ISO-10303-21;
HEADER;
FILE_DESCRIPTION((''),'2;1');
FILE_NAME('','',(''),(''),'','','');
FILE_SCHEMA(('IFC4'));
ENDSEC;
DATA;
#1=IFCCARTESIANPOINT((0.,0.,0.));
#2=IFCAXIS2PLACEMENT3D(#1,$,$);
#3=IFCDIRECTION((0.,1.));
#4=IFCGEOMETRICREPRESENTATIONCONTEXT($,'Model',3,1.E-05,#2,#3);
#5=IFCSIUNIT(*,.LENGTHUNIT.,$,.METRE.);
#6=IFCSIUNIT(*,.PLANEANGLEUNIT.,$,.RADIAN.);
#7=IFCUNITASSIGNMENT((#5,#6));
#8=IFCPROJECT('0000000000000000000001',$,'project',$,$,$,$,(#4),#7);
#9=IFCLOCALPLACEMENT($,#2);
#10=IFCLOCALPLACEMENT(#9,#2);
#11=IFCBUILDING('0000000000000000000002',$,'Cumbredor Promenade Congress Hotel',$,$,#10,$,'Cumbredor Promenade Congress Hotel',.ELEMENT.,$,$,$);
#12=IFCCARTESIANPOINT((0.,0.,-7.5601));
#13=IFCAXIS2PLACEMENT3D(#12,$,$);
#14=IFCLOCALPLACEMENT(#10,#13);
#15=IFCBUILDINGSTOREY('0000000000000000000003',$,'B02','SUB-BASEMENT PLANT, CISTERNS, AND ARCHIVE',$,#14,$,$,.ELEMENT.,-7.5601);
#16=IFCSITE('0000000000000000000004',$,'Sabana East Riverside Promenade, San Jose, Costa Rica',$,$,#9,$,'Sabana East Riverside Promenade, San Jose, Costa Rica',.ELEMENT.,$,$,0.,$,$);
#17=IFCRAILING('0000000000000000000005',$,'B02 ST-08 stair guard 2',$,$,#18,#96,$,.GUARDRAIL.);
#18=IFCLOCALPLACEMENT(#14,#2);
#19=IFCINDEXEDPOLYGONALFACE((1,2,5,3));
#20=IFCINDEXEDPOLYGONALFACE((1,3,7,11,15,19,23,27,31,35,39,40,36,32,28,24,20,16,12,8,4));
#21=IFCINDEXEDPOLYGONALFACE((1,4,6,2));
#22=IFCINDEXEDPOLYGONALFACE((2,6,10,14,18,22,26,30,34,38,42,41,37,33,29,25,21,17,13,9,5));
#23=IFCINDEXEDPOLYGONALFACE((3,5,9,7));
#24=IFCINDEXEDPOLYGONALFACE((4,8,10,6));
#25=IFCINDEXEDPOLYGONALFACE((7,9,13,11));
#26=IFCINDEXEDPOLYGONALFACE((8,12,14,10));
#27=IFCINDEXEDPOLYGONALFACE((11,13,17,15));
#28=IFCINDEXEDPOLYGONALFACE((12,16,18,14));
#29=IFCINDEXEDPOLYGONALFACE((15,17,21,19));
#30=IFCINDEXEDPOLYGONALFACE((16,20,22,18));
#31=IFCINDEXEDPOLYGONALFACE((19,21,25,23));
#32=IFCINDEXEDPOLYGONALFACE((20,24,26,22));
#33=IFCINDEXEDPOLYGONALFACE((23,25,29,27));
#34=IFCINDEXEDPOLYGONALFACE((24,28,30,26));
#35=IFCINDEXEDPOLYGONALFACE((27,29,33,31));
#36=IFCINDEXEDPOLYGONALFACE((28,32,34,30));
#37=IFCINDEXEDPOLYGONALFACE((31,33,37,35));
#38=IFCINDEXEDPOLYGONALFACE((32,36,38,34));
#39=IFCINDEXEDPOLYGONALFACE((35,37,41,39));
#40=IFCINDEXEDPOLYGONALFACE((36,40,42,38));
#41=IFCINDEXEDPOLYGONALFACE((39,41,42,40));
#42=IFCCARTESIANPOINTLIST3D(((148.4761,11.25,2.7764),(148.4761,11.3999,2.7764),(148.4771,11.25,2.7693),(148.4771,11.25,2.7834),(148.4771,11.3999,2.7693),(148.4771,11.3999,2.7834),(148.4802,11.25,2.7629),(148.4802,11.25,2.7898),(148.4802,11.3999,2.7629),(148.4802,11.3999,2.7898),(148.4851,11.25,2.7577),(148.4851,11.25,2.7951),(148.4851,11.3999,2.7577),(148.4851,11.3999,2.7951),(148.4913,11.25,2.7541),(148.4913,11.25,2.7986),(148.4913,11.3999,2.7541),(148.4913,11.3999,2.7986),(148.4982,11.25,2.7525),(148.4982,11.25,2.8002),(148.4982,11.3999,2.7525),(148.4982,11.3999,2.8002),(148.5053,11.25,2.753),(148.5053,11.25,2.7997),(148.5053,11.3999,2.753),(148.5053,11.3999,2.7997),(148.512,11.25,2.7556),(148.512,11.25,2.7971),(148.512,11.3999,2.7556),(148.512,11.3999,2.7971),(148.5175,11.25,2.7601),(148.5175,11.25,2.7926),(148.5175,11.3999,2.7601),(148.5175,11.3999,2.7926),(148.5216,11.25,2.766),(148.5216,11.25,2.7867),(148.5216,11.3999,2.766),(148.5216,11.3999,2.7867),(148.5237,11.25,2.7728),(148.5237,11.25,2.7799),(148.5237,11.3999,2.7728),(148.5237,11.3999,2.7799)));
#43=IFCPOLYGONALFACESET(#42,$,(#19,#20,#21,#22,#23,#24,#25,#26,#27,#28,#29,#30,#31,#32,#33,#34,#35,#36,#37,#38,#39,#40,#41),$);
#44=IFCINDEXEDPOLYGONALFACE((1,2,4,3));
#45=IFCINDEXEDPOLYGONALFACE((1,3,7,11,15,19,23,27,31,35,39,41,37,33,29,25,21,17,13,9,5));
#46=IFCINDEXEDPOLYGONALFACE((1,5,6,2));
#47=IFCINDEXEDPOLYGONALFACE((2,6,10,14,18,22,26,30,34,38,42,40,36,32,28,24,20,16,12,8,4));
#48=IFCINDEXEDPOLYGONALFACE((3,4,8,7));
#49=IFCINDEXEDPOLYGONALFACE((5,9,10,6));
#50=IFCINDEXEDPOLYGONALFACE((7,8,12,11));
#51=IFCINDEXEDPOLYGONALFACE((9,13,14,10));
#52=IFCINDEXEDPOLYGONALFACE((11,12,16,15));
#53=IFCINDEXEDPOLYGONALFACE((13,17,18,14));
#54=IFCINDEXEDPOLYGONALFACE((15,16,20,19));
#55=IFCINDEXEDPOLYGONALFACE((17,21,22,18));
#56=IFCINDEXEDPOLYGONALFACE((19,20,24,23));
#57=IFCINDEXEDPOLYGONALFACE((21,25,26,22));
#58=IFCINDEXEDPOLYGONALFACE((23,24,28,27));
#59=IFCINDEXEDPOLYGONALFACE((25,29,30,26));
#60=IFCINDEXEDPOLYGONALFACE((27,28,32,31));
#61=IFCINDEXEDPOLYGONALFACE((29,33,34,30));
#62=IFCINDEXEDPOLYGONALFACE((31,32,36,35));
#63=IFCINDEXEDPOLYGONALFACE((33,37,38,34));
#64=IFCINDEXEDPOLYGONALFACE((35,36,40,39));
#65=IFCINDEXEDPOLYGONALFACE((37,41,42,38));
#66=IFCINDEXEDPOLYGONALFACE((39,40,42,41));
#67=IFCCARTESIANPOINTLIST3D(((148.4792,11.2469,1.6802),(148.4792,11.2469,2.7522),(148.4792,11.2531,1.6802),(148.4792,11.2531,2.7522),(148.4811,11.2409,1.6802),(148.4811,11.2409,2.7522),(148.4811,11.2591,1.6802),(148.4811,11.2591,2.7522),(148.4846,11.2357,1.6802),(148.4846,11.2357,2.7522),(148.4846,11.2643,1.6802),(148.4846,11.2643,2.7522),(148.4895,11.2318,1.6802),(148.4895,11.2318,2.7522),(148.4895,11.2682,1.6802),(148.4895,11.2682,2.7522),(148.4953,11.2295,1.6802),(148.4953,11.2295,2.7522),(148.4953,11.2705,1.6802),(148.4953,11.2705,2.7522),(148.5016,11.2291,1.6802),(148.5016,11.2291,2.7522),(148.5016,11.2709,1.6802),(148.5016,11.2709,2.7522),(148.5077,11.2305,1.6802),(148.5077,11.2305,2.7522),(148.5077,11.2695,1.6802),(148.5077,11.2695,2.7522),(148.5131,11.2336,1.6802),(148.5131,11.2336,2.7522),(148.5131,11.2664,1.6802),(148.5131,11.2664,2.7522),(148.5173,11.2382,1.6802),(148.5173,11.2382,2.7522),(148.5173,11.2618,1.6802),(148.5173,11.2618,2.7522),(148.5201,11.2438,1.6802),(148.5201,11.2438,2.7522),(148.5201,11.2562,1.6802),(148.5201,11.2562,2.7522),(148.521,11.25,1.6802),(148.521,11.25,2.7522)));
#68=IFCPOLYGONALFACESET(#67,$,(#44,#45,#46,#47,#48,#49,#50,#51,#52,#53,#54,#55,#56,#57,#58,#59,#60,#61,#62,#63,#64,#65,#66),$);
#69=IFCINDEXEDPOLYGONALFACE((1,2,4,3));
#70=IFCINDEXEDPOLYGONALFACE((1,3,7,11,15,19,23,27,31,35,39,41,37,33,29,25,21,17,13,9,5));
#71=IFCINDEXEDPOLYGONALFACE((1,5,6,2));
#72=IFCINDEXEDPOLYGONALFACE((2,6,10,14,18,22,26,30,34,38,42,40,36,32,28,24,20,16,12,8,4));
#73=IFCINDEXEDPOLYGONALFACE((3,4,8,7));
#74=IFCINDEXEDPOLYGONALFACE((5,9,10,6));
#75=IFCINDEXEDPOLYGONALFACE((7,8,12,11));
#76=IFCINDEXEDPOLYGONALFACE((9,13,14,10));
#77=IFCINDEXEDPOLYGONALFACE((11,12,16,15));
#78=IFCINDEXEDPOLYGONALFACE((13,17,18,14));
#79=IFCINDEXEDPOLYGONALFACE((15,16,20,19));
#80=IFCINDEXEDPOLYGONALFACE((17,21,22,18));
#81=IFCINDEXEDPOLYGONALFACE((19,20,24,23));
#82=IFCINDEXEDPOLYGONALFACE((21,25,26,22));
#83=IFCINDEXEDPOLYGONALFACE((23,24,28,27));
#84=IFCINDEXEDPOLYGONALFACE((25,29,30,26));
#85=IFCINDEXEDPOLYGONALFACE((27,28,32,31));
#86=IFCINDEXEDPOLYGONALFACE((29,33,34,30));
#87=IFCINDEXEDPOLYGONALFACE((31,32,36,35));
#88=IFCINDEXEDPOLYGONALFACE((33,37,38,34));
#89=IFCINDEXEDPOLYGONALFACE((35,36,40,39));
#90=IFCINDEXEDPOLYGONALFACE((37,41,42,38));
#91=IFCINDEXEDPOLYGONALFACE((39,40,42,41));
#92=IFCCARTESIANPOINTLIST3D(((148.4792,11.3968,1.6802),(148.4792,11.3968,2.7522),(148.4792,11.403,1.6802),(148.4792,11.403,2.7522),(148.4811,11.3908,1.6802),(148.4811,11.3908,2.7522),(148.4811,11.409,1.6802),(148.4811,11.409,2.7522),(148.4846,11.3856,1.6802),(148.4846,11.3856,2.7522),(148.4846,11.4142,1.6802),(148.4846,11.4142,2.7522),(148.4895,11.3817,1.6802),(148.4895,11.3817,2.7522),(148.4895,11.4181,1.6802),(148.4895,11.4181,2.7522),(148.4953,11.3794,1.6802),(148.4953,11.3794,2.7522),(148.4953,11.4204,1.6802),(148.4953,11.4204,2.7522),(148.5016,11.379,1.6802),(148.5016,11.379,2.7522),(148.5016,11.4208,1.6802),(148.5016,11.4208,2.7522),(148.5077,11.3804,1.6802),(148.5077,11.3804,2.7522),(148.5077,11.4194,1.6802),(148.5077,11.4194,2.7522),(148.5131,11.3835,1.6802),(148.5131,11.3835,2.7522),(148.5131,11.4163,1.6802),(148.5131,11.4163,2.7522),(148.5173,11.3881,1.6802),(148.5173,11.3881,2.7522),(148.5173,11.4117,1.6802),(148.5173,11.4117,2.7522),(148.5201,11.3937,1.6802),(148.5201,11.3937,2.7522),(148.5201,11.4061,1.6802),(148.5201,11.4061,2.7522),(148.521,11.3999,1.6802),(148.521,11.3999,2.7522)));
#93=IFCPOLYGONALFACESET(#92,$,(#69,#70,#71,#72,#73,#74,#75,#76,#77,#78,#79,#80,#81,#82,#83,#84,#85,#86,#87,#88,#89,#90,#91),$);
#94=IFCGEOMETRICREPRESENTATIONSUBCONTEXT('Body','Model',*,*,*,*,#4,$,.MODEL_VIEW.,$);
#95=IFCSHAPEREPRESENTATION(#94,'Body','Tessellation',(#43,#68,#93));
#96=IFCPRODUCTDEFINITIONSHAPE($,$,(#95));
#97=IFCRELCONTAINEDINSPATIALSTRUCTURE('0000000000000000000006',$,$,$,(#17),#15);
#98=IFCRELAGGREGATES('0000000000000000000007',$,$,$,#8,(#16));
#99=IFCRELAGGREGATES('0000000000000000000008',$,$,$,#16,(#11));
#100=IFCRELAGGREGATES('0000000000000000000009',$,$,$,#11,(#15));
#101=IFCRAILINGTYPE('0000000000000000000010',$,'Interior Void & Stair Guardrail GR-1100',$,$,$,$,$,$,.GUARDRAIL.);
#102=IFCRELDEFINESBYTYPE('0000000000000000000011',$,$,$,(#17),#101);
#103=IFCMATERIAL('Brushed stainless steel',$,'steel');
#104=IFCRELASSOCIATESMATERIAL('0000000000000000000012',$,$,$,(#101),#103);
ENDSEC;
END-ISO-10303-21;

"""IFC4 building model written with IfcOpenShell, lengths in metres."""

from ifc_helpers import new_model, si_unit, direction, frame, origin, origin_2d, place, context, subcontext, project, spatial, circle, extrude, material, type_object, element, save


model = new_model("IFC4")

# Units and contexts
model_context = context("Model", 3, precision=1e-05, world=origin(), true_north=direction((0.0, 1.0)))
body_context = subcontext(model_context, "Body", "Model", "MODEL_VIEW")
ifc_project = project(units=[si_unit("LENGTHUNIT", "METRE"), si_unit("PLANEANGLEUNIT", "RADIAN")], contexts=[model_context])

# Site, building, storey
site_placement = place(None, origin())
site = spatial("IfcSite", under=ifc_project, at=site_placement, Name="Sabana East Riverside Promenade, San Jose, Costa Rica", LongName="Sabana East Riverside Promenade, San Jose, Costa Rica", CompositionType="ELEMENT", RefElevation=0.0)
building_placement = place(site_placement, origin())
building = spatial("IfcBuilding", under=site, at=building_placement, Name="Cumbredor Promenade Congress Hotel", LongName="Cumbredor Promenade Congress Hotel", CompositionType="ELEMENT")
storey_placement = place(building_placement, frame((0.0, 0.0, -7.5601)))
storey = spatial("IfcBuildingStorey", under=building, at=storey_placement, Name="B02", Description="SUB-BASEMENT PLANT, CISTERNS, AND ARCHIVE", CompositionType="ELEMENT", Elevation=-7.5601)

# Railing
ifc_material_1 = material(Name="Brushed stainless steel", Category="steel")
railing_type_1 = type_object("IfcRailingType", Name="Interior Void & Stair Guardrail GR-1100", PredefinedType="GUARDRAIL", material=ifc_material_1)
railing_1_placement = place(storey_placement, frame((148.5, 11.25, 1.6802)))
element("IfcRailing", 1, at=railing_1_placement, inside=storey, type_object=railing_type_1, Name="B02 ST-08 stair guard 2", PredefinedType="GUARDRAIL", context=body_context, shape_type="SweptSolid", body=[
    extrude(circle(Radius=0.0239, at=origin_2d()), frame((0.0, 0.0, 1.0962), z_axis=(0.0, 1.0, 0.0), x_axis=(-1.0, 0.0, 0.0)), (0.0, 0.0, 1.0), 0.1499),
    extrude(circle(Radius=0.021, at=origin_2d()), origin(), (0.0, 0.0, 1.0), 1.072),
    extrude(circle(Radius=0.021, at=origin_2d()), frame((0.0, 0.1499, 0.0)), (0.0, 0.0, 1.0), 1.072),
])

save(model, "model.ifc")
